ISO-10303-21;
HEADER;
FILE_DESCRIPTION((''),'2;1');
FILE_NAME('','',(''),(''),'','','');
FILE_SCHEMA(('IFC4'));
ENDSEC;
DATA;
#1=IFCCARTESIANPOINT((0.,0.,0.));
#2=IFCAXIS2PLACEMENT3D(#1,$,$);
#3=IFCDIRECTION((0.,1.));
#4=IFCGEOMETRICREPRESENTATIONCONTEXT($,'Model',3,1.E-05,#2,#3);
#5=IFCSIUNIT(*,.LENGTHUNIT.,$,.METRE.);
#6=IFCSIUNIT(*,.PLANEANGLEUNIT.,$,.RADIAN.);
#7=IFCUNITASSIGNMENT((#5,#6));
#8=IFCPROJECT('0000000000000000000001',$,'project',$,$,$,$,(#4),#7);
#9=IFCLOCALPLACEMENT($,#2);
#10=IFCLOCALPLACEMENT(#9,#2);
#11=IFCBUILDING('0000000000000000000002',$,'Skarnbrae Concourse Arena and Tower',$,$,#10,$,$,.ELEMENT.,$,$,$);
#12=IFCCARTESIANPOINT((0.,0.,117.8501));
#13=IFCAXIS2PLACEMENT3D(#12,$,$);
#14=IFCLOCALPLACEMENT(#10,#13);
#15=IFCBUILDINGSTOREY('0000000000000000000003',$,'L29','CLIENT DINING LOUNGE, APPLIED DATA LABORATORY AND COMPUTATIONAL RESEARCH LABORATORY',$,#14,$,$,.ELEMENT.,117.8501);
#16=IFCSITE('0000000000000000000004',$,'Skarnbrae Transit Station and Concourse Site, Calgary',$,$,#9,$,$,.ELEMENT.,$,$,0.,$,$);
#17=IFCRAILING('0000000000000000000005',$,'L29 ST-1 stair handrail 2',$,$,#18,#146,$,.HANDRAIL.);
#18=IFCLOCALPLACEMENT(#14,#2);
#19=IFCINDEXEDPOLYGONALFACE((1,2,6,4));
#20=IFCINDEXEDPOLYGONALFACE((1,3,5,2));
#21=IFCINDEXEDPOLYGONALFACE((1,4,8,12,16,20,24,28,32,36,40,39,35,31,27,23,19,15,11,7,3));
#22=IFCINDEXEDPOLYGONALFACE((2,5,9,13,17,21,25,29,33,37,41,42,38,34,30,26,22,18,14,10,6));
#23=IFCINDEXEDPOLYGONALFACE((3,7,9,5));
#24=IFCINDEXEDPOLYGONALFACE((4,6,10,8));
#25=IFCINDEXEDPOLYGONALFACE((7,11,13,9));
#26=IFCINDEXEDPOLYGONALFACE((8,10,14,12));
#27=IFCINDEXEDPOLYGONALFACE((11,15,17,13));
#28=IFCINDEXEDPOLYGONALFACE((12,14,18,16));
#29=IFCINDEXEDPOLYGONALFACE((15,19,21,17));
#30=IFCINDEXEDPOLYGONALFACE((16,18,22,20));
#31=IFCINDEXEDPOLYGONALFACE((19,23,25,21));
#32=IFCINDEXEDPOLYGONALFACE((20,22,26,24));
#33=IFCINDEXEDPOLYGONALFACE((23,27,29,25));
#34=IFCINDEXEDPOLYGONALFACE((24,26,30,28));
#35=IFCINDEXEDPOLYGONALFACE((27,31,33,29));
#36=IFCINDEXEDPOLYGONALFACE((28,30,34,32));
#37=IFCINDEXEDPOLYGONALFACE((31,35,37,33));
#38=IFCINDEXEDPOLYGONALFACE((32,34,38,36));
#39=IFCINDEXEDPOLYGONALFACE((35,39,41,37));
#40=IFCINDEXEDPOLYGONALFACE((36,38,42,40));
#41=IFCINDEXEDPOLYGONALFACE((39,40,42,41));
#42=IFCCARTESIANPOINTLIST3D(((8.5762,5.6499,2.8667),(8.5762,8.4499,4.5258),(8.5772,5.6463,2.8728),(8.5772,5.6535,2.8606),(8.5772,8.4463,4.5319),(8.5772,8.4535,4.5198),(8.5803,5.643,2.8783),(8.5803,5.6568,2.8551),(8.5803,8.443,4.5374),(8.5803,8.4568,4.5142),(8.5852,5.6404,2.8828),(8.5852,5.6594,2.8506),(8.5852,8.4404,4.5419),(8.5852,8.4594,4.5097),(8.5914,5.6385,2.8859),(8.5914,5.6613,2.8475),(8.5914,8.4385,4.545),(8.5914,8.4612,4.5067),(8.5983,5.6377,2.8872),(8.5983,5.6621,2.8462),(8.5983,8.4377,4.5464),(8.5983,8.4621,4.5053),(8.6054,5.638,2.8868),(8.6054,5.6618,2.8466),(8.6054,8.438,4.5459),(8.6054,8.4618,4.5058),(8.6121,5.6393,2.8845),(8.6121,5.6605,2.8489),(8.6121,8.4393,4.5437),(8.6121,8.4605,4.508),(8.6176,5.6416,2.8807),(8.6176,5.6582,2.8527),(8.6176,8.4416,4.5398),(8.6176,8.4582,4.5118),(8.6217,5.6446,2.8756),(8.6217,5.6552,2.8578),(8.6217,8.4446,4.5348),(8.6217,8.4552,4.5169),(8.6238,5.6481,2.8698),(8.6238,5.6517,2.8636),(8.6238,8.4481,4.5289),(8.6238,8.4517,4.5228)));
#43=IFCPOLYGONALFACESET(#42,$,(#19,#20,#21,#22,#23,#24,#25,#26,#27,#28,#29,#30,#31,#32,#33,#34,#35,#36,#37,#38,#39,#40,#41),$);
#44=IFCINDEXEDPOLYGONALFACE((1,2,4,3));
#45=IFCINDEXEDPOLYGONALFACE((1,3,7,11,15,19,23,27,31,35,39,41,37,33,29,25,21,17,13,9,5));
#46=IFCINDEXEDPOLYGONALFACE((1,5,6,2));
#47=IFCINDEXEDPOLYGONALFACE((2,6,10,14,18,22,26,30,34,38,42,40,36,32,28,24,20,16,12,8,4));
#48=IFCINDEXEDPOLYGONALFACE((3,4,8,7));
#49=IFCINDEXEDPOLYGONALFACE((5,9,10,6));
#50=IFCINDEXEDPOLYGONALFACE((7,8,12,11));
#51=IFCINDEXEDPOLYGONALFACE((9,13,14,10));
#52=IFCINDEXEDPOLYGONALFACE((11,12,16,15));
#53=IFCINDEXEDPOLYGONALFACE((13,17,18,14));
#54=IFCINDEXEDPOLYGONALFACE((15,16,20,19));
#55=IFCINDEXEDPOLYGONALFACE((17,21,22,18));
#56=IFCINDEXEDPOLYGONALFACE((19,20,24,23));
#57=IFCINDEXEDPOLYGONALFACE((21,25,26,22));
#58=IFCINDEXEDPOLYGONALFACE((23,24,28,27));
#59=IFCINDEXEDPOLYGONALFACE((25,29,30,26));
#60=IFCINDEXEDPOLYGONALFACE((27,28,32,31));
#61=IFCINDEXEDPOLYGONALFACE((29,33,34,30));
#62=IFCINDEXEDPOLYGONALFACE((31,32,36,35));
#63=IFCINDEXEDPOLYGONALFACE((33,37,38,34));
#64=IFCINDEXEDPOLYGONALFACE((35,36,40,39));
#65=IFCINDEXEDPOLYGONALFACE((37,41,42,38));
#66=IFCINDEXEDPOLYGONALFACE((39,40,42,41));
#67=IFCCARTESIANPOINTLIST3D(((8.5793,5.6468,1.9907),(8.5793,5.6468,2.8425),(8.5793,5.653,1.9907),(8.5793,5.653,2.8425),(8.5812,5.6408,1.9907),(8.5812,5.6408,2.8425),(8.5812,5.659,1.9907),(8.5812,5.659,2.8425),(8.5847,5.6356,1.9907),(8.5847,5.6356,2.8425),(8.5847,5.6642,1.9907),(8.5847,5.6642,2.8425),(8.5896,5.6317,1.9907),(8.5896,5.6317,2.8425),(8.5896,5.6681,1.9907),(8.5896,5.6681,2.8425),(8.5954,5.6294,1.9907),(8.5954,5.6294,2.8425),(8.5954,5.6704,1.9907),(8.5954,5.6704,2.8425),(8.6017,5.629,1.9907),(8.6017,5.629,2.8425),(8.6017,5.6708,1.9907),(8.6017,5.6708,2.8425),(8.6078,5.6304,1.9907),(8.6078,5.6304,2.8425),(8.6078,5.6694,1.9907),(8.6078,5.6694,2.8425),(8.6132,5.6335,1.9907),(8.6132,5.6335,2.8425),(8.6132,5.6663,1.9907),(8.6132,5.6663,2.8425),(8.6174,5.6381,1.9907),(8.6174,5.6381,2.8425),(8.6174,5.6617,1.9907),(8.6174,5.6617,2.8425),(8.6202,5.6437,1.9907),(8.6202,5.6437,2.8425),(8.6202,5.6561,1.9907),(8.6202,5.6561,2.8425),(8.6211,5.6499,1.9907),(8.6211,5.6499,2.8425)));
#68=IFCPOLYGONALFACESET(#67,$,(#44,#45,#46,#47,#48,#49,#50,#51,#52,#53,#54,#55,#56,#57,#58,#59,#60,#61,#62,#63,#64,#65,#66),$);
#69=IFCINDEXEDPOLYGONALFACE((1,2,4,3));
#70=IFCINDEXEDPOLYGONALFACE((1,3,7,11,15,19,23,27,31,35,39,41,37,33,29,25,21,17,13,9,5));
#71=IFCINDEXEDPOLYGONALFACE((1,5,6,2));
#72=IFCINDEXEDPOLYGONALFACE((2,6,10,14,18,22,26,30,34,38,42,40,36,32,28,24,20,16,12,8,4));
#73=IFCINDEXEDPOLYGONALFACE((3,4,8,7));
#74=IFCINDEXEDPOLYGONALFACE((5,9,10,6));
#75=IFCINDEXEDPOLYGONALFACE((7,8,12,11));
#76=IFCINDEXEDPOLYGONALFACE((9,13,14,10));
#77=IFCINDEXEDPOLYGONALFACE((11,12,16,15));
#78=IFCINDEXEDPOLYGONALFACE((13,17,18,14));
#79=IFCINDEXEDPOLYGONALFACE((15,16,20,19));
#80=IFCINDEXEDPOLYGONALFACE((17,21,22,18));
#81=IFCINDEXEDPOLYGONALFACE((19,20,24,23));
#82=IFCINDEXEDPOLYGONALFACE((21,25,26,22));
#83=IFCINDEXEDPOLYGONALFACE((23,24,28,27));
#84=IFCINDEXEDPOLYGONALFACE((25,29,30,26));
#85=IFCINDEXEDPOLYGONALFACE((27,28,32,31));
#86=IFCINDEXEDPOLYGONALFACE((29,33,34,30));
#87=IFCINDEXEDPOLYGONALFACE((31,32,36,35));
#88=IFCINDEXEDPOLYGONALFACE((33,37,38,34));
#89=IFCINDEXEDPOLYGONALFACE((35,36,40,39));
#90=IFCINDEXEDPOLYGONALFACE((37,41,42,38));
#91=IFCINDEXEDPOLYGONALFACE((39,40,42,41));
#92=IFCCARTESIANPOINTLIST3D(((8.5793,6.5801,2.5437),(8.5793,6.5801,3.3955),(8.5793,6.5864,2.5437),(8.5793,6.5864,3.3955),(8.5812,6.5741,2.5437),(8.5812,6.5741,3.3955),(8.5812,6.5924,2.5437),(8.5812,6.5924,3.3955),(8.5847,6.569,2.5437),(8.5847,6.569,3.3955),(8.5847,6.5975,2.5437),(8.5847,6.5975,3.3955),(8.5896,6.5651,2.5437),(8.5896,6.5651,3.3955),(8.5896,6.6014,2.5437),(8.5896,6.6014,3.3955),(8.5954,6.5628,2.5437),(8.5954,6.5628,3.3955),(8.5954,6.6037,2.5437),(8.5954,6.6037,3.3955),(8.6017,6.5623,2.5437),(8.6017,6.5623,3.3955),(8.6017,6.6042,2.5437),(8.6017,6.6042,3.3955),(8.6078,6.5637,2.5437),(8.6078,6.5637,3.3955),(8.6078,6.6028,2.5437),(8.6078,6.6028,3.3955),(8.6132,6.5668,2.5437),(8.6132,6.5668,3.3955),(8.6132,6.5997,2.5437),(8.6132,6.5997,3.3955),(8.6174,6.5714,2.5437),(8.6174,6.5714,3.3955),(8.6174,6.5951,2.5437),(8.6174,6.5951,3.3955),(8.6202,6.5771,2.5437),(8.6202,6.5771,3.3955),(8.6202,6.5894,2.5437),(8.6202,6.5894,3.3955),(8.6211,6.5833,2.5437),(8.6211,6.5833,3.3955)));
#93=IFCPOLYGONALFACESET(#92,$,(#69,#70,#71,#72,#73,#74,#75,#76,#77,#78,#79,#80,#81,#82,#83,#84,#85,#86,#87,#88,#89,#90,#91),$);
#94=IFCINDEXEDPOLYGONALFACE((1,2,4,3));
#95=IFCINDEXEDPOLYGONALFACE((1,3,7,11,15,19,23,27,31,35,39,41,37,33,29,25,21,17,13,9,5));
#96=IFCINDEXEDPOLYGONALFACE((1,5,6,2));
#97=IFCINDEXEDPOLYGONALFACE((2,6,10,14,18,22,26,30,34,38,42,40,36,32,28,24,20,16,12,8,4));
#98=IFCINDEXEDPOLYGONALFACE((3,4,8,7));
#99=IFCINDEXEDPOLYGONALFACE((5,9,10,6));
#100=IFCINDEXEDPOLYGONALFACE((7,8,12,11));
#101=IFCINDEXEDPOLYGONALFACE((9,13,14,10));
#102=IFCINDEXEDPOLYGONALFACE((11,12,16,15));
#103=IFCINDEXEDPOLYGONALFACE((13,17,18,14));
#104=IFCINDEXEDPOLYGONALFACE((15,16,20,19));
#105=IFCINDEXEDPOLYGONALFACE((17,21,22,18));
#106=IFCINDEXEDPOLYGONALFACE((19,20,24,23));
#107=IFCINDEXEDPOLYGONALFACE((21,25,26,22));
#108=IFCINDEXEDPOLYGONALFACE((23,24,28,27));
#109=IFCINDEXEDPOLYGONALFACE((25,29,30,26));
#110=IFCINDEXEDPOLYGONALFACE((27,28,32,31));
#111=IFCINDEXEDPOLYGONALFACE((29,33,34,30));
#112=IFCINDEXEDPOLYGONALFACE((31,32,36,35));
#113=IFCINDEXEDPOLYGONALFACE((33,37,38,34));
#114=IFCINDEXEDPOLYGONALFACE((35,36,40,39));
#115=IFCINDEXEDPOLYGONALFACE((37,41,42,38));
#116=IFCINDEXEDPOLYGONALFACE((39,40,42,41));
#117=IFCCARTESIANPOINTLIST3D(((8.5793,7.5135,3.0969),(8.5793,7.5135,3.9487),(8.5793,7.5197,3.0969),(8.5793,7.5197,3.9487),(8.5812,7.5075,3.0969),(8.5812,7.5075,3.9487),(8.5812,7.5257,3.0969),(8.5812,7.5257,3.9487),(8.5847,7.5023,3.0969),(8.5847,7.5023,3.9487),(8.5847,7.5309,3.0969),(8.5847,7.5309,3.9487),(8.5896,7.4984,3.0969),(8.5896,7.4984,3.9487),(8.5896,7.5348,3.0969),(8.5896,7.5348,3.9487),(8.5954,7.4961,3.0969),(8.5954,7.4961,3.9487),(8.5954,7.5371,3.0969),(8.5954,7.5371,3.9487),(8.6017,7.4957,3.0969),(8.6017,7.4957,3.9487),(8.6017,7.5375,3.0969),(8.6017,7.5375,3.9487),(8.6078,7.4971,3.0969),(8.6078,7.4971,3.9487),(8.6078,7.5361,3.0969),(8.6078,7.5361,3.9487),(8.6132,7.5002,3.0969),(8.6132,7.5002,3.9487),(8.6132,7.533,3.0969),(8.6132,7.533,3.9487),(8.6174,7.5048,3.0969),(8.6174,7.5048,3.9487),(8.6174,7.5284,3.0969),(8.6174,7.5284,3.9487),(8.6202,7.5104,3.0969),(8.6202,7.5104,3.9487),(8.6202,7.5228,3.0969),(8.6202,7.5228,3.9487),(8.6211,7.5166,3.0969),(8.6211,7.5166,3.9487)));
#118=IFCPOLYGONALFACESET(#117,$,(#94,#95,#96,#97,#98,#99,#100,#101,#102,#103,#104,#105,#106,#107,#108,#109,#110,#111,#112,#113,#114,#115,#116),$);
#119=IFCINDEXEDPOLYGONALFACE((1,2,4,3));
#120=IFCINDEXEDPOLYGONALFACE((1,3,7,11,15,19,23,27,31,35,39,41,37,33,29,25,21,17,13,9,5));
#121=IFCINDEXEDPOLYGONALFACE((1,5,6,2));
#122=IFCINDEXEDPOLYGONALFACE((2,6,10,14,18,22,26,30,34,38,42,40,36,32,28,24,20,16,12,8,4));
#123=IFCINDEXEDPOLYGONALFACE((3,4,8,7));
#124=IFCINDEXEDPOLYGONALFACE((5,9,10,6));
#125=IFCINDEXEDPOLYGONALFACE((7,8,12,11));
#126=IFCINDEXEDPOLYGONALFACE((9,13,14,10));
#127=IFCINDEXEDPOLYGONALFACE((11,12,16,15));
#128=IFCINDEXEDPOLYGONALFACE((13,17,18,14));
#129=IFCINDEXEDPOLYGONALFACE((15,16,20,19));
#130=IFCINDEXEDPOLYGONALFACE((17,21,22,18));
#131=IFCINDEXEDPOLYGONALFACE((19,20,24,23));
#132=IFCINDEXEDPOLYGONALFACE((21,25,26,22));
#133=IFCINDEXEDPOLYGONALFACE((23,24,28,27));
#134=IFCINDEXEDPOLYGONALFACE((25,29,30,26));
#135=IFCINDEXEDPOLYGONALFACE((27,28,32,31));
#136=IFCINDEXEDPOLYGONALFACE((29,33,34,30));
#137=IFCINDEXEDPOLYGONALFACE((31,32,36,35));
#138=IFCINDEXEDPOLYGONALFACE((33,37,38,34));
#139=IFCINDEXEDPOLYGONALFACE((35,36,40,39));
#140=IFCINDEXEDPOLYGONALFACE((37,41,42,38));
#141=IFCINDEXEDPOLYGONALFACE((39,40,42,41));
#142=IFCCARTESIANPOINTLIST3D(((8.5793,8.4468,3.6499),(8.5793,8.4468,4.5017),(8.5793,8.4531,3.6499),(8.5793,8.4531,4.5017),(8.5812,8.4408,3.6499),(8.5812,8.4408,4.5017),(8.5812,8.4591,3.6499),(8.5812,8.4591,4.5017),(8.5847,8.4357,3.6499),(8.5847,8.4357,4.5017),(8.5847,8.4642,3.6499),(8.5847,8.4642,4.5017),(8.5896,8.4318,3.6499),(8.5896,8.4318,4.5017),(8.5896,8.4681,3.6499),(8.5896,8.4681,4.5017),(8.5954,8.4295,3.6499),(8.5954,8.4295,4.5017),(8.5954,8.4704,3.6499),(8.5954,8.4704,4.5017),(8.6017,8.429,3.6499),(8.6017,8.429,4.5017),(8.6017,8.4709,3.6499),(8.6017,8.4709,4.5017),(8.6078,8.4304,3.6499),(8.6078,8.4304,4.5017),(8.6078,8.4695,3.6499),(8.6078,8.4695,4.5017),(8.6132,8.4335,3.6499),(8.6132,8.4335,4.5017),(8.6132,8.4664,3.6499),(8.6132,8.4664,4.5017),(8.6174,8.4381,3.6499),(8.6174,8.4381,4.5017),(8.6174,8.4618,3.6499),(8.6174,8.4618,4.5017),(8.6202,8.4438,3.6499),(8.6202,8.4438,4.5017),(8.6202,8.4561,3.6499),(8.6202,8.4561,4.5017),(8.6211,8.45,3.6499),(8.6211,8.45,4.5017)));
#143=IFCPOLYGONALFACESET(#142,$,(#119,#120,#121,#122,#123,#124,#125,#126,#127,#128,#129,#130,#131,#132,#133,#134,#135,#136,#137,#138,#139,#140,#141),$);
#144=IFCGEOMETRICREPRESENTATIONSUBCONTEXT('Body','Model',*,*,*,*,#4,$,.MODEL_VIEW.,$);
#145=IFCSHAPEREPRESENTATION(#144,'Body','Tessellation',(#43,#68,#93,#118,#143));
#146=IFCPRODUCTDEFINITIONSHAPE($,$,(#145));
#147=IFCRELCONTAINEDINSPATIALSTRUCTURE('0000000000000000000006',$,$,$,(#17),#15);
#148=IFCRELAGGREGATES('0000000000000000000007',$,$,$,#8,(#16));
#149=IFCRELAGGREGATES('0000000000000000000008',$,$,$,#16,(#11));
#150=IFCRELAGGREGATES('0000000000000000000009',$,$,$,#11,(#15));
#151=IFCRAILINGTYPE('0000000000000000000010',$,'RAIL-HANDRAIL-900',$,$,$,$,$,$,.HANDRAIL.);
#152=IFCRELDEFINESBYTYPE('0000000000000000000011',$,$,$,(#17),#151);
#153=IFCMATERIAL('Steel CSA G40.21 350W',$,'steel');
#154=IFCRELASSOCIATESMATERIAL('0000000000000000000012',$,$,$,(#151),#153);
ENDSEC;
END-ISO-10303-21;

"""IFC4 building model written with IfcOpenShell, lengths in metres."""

from ifc_helpers import new_model, si_unit, direction, frame, origin, origin_2d, place, context, subcontext, project, spatial, circle, extrude, material, type_object, element, save


model = new_model("IFC4")

# Units and contexts
model_context = context("Model", 3, precision=1e-05, world=origin(), true_north=direction((0.0, 1.0)))
body_context = subcontext(model_context, "Body", "Model", "MODEL_VIEW")
ifc_project = project(units=[si_unit("LENGTHUNIT", "METRE"), si_unit("PLANEANGLEUNIT", "RADIAN")], contexts=[model_context])

# Site, building, storey
site_placement = place(None, origin())
site = spatial("IfcSite", under=ifc_project, at=site_placement, Name="Skarnbrae Transit Station and Concourse Site, Calgary", CompositionType="ELEMENT", RefElevation=0.0)
building_placement = place(site_placement, origin())
building = spatial("IfcBuilding", under=site, at=building_placement, Name="Skarnbrae Concourse Arena and Tower", CompositionType="ELEMENT")
storey_placement = place(building_placement, frame((0.0, 0.0, 117.8501)))
storey = spatial("IfcBuildingStorey", under=building, at=storey_placement, Name="L29", Description="CLIENT DINING LOUNGE, APPLIED DATA LABORATORY AND COMPUTATIONAL RESEARCH LABORATORY", CompositionType="ELEMENT", Elevation=117.8501)

# Shared definitions
ifc_material_1 = material(Name="Steel CSA G40.21 350W", Category="steel")

# Railing
railing_type_1 = type_object("IfcRailingType", Name="RAIL-HANDRAIL-900", PredefinedType="HANDRAIL", material=ifc_material_1)
railing_1_placement = place(storey_placement, frame((8.6001, 5.6499, 1.9907)))
element("IfcRailing", 1, at=railing_1_placement, inside=storey, type_object=railing_type_1, Name="L29 ST-1 stair handrail 2", PredefinedType="HANDRAIL", context=body_context, shape_type="SweptSolid", body=[
    extrude(circle(Radius=0.0239, at=origin_2d()), frame((0.0, 0.0, 0.876), z_axis=(0.0, 0.860306, 0.509778), x_axis=(-1.0, 0.0, 0.0)), (0.0, 0.0, 1.0), 3.2546),
    extrude(circle(Radius=0.021, at=origin_2d()), origin(), (0.0, 0.0, 1.0), 0.8518),
    extrude(circle(Radius=0.021, at=origin_2d()), frame((0.0, 0.9333, 0.553)), (0.0, 0.0, 1.0), 0.8518),
    extrude(circle(Radius=0.021, at=origin_2d()), frame((0.0, 1.8667, 1.1062)), (0.0, 0.0, 1.0), 0.8518),
    extrude(circle(Radius=0.021, at=origin_2d()), frame((0.0, 2.8, 1.6592)), (0.0, 0.0, 1.0), 0.8518),
])

save(model, "model.ifc")
